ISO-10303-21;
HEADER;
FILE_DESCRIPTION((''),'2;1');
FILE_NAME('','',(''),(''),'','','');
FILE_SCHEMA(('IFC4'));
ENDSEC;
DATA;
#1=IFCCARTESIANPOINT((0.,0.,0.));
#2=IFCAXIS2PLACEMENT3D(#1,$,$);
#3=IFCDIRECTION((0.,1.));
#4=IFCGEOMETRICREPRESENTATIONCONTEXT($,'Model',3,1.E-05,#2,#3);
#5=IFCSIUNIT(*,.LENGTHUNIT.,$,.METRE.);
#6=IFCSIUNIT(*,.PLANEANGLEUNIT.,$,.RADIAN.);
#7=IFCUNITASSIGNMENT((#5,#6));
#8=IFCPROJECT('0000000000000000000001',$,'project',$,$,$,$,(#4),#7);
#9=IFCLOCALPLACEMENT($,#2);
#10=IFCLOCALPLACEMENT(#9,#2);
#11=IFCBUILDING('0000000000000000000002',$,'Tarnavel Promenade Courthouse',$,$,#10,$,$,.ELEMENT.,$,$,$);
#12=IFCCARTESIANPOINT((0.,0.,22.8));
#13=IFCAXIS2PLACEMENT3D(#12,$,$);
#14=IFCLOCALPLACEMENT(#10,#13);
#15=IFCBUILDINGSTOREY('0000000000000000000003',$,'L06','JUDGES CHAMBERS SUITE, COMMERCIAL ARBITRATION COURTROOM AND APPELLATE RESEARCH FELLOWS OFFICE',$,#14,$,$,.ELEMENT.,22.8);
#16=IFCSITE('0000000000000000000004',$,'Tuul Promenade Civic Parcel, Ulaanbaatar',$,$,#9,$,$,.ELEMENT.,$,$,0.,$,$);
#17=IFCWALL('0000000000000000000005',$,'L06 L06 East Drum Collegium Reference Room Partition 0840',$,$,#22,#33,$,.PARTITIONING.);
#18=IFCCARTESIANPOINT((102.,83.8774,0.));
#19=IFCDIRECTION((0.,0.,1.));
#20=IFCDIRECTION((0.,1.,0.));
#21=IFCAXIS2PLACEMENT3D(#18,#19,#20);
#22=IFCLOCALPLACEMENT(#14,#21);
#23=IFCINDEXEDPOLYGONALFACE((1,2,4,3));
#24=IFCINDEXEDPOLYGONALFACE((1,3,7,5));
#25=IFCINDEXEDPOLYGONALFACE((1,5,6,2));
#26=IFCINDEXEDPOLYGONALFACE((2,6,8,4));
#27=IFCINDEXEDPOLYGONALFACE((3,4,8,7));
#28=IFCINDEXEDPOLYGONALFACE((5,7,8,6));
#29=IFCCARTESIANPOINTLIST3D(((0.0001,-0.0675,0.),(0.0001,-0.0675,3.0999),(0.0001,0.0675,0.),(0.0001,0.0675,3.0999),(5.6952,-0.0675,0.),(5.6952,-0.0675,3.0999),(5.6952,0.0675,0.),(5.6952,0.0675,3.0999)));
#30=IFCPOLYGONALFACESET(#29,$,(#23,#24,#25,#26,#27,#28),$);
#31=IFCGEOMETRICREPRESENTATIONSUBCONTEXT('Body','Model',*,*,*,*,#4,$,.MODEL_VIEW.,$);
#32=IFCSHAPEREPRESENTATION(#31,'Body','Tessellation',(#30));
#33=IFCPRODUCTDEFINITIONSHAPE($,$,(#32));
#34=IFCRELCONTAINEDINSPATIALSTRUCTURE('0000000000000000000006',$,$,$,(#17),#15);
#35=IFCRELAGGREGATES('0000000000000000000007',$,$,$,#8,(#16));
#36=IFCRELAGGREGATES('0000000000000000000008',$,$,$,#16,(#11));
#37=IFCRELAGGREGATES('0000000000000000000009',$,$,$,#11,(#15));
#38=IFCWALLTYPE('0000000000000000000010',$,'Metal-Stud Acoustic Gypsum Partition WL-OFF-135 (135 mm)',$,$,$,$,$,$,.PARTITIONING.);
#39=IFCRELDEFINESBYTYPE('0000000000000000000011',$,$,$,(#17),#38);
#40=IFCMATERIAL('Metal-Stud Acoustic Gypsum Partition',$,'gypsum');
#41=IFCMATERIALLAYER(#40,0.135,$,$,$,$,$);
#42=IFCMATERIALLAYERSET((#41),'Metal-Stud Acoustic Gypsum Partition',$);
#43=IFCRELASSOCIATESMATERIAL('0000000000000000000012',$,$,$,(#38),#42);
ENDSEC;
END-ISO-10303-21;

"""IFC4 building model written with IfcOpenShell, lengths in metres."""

from ifc_helpers import new_model, si_unit, direction, frame, frame_2d, origin, place, context, subcontext, project, spatial, rectangle, extrude, material, layer, layer_set, type_object, element, save


model = new_model("IFC4")

# Units and contexts
model_context = context("Model", 3, precision=1e-05, world=origin(), true_north=direction((0.0, 1.0)))
body_context = subcontext(model_context, "Body", "Model", "MODEL_VIEW")
ifc_project = project(units=[si_unit("LENGTHUNIT", "METRE"), si_unit("PLANEANGLEUNIT", "RADIAN")], contexts=[model_context])

# Site, building, storey
site_placement = place(None, origin())
site = spatial("IfcSite", under=ifc_project, at=site_placement, Name="Tuul Promenade Civic Parcel, Ulaanbaatar", CompositionType="ELEMENT", RefElevation=0.0)
building_placement = place(site_placement, origin())
building = spatial("IfcBuilding", under=site, at=building_placement, Name="Tarnavel Promenade Courthouse", CompositionType="ELEMENT")
storey_placement = place(building_placement, frame((0.0, 0.0, 22.8)))
storey = spatial("IfcBuildingStorey", under=building, at=storey_placement, Name="L06", Description="JUDGES CHAMBERS SUITE, COMMERCIAL ARBITRATION COURTROOM AND APPELLATE RESEARCH FELLOWS OFFICE", CompositionType="ELEMENT", Elevation=22.8)

# Shared definitions
ifc_material_1 = material(Name="Metal-Stud Acoustic Gypsum Partition", Category="gypsum")
ifc_layer_1 = layer(ifc_material_1, 0.135)
ifc_layer_set_1 = layer_set([ifc_layer_1], Name="Metal-Stud Acoustic Gypsum Partition")
wall_type_1 = type_object("IfcWallType", Name="Metal-Stud Acoustic Gypsum Partition WL-OFF-135 (135 mm)", PredefinedType="PARTITIONING", material=ifc_layer_set_1)

# Wall
wall_1_placement = place(storey_placement, frame((102.0, 83.8774, 0.0), z_axis=(0.0, 0.0, 1.0), x_axis=(0.0, 1.0, 0.0)))
element("IfcWall", 1, at=wall_1_placement, inside=storey, type_object=wall_type_1, Name="L06 L06 East Drum Collegium Reference Room Partition 0840", PredefinedType="PARTITIONING", context=body_context, shape_type="SweptSolid", body=[
    extrude(rectangle(XDim=5.6951, YDim=0.135, at=frame_2d((2.8477, 0.0))), origin(), (0.0, 0.0, 1.0), 3.0999),
])

save(model, "model.ifc")
